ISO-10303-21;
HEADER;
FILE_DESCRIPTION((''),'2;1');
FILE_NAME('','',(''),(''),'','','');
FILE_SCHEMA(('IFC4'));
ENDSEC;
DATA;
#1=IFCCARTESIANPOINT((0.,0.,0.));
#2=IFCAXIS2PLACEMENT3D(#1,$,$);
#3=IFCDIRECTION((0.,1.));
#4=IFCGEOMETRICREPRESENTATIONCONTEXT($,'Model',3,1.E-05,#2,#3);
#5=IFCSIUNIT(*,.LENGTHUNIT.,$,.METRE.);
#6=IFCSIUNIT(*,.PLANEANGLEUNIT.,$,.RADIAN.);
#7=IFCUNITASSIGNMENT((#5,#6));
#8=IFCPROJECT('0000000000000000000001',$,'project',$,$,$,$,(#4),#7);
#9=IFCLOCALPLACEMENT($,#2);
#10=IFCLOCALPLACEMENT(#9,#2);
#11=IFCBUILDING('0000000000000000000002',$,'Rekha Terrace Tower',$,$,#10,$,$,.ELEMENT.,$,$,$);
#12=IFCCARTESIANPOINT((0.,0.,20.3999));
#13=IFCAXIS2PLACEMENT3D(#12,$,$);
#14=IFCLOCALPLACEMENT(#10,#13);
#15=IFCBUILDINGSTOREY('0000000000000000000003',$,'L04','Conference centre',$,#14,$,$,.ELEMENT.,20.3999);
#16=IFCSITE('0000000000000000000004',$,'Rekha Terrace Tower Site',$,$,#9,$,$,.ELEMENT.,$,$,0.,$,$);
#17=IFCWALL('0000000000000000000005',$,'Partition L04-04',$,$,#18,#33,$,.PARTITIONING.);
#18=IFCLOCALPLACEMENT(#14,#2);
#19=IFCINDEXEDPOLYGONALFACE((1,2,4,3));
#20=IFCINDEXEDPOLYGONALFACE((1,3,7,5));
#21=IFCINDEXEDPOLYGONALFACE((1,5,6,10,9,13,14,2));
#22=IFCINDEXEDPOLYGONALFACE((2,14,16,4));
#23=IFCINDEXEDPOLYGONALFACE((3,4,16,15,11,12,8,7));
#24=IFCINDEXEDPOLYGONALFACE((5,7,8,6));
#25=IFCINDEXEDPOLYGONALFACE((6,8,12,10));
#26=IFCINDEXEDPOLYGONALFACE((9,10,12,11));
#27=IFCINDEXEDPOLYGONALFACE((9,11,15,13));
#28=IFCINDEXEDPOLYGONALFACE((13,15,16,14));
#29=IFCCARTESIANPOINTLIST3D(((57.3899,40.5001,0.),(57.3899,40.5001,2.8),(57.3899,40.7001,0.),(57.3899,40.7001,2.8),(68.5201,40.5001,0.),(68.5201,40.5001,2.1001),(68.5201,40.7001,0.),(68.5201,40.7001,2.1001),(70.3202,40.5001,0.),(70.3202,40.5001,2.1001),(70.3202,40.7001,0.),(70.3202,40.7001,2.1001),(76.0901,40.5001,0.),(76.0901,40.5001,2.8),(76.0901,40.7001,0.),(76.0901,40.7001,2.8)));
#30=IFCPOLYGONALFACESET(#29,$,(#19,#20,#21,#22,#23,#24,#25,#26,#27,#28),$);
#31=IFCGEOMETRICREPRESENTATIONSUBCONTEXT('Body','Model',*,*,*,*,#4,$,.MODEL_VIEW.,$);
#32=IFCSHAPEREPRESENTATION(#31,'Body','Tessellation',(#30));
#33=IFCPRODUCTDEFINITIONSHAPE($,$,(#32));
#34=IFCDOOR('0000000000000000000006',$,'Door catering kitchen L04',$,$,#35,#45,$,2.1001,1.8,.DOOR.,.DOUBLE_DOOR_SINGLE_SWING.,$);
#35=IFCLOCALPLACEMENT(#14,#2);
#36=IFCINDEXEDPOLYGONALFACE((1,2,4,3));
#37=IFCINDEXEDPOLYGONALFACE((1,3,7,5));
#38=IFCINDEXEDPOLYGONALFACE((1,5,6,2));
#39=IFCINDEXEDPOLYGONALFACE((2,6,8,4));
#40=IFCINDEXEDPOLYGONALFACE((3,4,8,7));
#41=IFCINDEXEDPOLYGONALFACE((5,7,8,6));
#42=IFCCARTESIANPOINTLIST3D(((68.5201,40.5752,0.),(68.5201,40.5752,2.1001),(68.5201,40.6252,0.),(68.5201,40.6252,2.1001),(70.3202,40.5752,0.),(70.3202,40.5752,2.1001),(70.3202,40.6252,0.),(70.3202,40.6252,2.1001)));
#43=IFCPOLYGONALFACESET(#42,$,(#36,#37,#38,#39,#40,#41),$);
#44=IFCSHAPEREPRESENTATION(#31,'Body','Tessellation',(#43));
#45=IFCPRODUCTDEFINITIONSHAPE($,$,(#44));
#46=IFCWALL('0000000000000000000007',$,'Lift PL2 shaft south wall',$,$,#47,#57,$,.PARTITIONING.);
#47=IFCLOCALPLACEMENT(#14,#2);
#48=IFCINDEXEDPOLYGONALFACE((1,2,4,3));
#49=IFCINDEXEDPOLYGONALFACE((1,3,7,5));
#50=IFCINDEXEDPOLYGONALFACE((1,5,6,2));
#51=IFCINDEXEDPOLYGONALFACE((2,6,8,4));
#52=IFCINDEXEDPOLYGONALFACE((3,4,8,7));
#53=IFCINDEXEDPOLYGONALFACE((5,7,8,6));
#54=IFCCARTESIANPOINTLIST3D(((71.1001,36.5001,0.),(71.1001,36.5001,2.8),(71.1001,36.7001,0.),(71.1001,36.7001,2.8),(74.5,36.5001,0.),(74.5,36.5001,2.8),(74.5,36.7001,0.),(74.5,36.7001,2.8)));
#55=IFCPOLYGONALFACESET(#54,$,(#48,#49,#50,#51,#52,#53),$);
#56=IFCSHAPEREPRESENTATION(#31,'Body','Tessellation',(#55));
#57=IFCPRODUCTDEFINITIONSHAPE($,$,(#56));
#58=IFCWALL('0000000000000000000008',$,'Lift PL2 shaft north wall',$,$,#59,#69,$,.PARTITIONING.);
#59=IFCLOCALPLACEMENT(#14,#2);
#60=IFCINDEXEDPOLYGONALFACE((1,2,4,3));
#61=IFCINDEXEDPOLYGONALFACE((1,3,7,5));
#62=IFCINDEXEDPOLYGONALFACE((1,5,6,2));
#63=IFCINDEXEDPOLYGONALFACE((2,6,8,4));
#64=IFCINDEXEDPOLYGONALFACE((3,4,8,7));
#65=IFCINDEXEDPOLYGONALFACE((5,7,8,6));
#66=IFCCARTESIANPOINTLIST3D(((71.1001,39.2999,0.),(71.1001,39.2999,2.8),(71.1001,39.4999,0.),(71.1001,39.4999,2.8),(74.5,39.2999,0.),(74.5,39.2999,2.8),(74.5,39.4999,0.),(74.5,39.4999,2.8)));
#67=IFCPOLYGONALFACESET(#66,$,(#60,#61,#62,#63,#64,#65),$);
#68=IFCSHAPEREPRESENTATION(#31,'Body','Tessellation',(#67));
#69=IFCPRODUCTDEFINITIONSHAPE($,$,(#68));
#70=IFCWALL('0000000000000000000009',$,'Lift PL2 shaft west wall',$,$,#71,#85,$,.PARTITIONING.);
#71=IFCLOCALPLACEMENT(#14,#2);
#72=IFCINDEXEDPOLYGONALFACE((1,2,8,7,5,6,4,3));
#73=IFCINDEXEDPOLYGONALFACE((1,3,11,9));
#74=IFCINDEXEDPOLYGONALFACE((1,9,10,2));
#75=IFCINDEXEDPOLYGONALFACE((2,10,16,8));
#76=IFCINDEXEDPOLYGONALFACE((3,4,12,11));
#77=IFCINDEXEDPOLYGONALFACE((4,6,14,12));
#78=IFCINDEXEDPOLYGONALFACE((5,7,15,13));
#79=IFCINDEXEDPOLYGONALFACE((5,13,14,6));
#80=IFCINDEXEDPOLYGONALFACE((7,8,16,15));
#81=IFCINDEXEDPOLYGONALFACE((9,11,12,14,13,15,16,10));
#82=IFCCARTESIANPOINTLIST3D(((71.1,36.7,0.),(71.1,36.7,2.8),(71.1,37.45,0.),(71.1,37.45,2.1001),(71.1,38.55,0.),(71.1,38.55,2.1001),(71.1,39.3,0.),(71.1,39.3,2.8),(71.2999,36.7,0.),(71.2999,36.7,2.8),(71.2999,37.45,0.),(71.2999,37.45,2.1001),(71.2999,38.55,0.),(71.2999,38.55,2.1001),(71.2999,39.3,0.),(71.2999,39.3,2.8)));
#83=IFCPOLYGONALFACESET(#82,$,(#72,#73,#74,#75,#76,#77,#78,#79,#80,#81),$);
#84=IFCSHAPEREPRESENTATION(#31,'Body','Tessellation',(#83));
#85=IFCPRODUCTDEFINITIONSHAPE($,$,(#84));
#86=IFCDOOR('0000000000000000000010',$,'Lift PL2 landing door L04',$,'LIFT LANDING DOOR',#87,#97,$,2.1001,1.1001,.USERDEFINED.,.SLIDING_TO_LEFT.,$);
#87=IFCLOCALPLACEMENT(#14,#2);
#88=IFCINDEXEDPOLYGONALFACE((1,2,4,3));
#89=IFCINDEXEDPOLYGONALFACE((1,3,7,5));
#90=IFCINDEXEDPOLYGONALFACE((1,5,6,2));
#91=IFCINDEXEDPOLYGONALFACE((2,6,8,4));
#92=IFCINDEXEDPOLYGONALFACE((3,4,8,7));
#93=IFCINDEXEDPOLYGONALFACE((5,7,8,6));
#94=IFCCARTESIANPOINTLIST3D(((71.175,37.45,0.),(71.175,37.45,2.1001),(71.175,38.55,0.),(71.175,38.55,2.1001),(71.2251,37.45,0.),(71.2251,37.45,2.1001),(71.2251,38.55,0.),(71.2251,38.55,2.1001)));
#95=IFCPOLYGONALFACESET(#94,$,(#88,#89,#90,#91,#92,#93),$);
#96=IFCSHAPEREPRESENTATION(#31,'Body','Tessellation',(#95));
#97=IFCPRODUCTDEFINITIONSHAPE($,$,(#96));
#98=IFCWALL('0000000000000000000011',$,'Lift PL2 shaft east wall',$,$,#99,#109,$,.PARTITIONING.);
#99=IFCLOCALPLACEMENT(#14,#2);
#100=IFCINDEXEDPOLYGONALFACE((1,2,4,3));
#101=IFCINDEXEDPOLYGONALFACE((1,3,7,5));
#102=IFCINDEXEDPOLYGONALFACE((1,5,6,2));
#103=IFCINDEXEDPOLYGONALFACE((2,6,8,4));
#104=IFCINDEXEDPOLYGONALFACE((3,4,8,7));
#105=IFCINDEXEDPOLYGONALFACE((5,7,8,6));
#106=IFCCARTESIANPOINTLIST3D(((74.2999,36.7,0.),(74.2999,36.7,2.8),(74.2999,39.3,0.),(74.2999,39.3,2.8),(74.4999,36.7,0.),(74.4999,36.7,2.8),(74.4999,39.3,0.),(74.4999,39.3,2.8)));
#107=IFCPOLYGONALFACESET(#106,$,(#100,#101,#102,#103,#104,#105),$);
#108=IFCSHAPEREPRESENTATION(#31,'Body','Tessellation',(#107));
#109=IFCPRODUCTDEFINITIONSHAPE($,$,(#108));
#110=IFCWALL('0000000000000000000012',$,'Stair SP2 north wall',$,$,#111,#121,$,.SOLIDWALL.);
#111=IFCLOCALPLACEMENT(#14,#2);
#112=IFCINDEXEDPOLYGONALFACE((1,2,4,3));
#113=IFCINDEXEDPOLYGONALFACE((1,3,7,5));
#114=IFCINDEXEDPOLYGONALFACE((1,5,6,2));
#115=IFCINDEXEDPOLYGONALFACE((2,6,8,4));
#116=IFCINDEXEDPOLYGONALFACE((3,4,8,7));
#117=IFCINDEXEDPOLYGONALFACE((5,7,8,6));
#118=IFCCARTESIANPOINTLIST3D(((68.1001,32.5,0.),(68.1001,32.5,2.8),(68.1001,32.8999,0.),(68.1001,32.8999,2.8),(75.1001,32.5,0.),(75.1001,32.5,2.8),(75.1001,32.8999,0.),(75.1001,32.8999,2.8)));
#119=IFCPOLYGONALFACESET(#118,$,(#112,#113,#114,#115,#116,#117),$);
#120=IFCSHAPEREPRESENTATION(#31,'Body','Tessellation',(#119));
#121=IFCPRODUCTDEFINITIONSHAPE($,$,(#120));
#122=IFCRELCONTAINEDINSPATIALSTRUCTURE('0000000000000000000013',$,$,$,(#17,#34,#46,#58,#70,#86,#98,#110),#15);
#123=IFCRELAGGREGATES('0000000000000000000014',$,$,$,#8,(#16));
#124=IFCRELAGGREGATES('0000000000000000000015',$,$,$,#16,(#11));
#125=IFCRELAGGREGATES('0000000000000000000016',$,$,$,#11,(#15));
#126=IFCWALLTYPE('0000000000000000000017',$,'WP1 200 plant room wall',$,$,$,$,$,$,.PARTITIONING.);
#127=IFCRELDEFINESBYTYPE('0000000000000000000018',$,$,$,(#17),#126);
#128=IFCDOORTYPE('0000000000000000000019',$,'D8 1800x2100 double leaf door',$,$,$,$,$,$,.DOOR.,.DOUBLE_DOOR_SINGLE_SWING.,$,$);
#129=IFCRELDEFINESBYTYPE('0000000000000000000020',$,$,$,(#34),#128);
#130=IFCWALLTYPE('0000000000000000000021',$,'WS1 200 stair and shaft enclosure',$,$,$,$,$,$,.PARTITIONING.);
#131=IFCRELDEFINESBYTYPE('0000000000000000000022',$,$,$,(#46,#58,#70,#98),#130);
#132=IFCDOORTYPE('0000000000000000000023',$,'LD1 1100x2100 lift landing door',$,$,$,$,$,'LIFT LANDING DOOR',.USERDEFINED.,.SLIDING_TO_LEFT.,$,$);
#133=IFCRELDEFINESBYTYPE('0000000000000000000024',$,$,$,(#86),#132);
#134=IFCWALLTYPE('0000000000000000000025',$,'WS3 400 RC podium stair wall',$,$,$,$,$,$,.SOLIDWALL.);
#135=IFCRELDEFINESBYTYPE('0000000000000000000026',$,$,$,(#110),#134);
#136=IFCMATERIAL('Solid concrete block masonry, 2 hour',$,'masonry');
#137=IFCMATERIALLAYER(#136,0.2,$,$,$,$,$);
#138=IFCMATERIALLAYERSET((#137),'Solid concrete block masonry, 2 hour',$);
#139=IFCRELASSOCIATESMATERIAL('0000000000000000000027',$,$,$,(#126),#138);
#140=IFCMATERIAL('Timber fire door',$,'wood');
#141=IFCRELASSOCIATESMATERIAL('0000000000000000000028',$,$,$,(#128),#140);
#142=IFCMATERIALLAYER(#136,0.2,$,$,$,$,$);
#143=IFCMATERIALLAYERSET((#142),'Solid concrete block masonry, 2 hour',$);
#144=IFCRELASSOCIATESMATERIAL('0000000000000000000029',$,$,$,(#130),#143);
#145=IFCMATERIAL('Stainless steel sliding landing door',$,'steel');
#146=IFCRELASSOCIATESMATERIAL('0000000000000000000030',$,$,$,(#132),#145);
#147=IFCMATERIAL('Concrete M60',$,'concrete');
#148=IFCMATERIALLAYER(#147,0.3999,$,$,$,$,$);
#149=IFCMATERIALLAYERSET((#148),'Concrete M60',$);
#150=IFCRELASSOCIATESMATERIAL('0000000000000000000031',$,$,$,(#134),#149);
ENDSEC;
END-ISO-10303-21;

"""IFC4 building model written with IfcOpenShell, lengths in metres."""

from ifc_helpers import new_model, si_unit, direction, frame, frame_2d, origin, place, context, subcontext, project, spatial, rectangle, extrude, material, layer, layer_set, type_object, element, fill, save


model = new_model("IFC4")

# Units and contexts
model_context = context("Model", 3, precision=1e-05, world=origin(), true_north=direction((0.0, 1.0)))
body_context = subcontext(model_context, "Body", "Model", "MODEL_VIEW")
ifc_project = project(units=[si_unit("LENGTHUNIT", "METRE"), si_unit("PLANEANGLEUNIT", "RADIAN")], contexts=[model_context])

# Site, building, storey
site_placement = place(None, origin())
site = spatial("IfcSite", under=ifc_project, at=site_placement, Name="Rekha Terrace Tower Site", CompositionType="ELEMENT", RefElevation=0.0)
building_placement = place(site_placement, origin())
building = spatial("IfcBuilding", under=site, at=building_placement, Name="Rekha Terrace Tower", CompositionType="ELEMENT")
storey_placement = place(building_placement, frame((0.0, 0.0, 20.3999)))
storey = spatial("IfcBuildingStorey", under=building, at=storey_placement, Name="L04", Description="Conference centre", CompositionType="ELEMENT", Elevation=20.3999)

# Shared definitions
ifc_material_1 = material(Name="Concrete M60", Category="concrete")

# Wall, opening, door
ifc_material_2 = material(Name="Solid concrete block masonry, 2 hour", Category="masonry")
ifc_layer_1 = layer(ifc_material_2, 0.2)
ifc_layer_set_1 = layer_set([ifc_layer_1], Name="Solid concrete block masonry, 2 hour")
wall_type_1 = type_object("IfcWallType", Name="WP1 200 plant room wall", PredefinedType="PARTITIONING", material=ifc_layer_set_1)
wall_1_placement = place(storey_placement, frame((76.0901, 40.6001, 0.0), z_axis=(0.0, 0.0, 1.0), x_axis=(-1.0, 0.0, 0.0)))
wall_1 = element("IfcWall", 1, at=wall_1_placement, inside=storey, type_object=wall_type_1, Name="Partition L04-04", PredefinedType="PARTITIONING", context=body_context, shape_type="SweptSolid", body=[
    extrude(rectangle(XDim=18.7002, YDim=0.2, at=frame_2d((9.3501, 0.0))), origin(), (0.0, 0.0, 1.0), 2.8),
])
opening_1_placement = place(wall_1_placement, frame((5.77, 0.0, 0.0)))
opening_1 = element("IfcOpeningElement", 2, at=opening_1_placement, cuts=wall_1, PredefinedType="OPENING", context=body_context, shape_type="SweptSolid", body=[
    extrude(rectangle(XDim=1.8, YDim=2.1001, at=frame_2d((0.8999, 1.05))), frame((0.0, 0.1099, 0.0), z_axis=(0.0, -1.0, 0.0), x_axis=(1.0, 0.0, 0.0)), (0.0, 0.0, 1.0), 0.22),
])
ifc_material_3 = material(Name="Timber fire door", Category="wood")
door_type_1 = type_object("IfcDoorType", Name="D8 1800x2100 double leaf door", OperationType="DOUBLE_DOOR_SINGLE_SWING", PredefinedType="DOOR", material=ifc_material_3)
door_1_placement = place(opening_1_placement, origin())
door_1 = element("IfcDoor", 3, at=door_1_placement, inside=storey, type_object=door_type_1, Name="Door catering kitchen L04", OperationType="DOUBLE_DOOR_SINGLE_SWING", OverallHeight=2.1001, OverallWidth=1.8, PredefinedType="DOOR", context=body_context, shape_type="SweptSolid", body=[
    extrude(rectangle(XDim=1.8, YDim=2.1001, at=frame_2d((0.8999, 1.05))), frame((0.0, 0.0249, 0.0), z_axis=(0.0, -1.0, 0.0), x_axis=(1.0, 0.0, 0.0)), (0.0, 0.0, 1.0), 0.05),
])
fill(opening_1, door_1)

# Walls
ifc_layer_2 = layer(ifc_material_2, 0.2)
ifc_layer_set_2 = layer_set([ifc_layer_2], Name="Solid concrete block masonry, 2 hour")
wall_type_2 = type_object("IfcWallType", Name="WS1 200 stair and shaft enclosure", PredefinedType="PARTITIONING", material=ifc_layer_set_2)
for number, where, z_axis, x_axis, name in (
    (4, (71.1001, 36.6001, 0.0), (0.0, 0.0, 1.0), (1.0, 0.0, 0.0), "Lift PL2 shaft south wall"),
    (5, (71.1001, 39.3999, 0.0), (0.0, 0.0, 1.0), (1.0, 0.0, 0.0), "Lift PL2 shaft north wall"),
):
    element("IfcWall", number, at=place(storey_placement, frame(where, z_axis=z_axis, x_axis=x_axis)), inside=storey, type_object=wall_type_2, Name=name, PredefinedType="PARTITIONING", context=body_context, shape_type="SweptSolid", body=[
        extrude(rectangle(XDim=3.3999, YDim=0.2, at=frame_2d((1.7, 0.0))), origin(), (0.0, 0.0, 1.0), 2.8),
    ])

# Wall, opening, door
wall_2_placement = place(storey_placement, frame((71.2, 36.7, 0.0), z_axis=(0.0, 0.0, 1.0), x_axis=(0.0, 1.0, 0.0)))
wall_2 = element("IfcWall", 6, at=wall_2_placement, inside=storey, type_object=wall_type_2, Name="Lift PL2 shaft west wall", PredefinedType="PARTITIONING", context=body_context, shape_type="SweptSolid", body=[
    extrude(rectangle(XDim=2.6001, YDim=0.2, at=frame_2d((1.3, 0.0))), origin(), (0.0, 0.0, 1.0), 2.8),
])
opening_2_placement = place(wall_2_placement, frame((0.75, 0.0, 0.0)))
opening_2 = element("IfcOpeningElement", 7, at=opening_2_placement, cuts=wall_2, PredefinedType="OPENING", context=body_context, shape_type="SweptSolid", body=[
    extrude(rectangle(XDim=1.1001, YDim=2.1001, at=frame_2d((0.55, 1.05))), frame((0.0, 0.1099, 0.0), z_axis=(0.0, -1.0, 0.0), x_axis=(1.0, 0.0, 0.0)), (0.0, 0.0, 1.0), 0.22),
])
ifc_material_4 = material(Name="Stainless steel sliding landing door", Category="steel")
door_type_2 = type_object("IfcDoorType", Name="LD1 1100x2100 lift landing door", ElementType="LIFT LANDING DOOR", OperationType="SLIDING_TO_LEFT", PredefinedType="USERDEFINED", material=ifc_material_4)
door_2_placement = place(opening_2_placement, origin())
door_2 = element("IfcDoor", 8, at=door_2_placement, inside=storey, type_object=door_type_2, Name="Lift PL2 landing door L04", ObjectType="LIFT LANDING DOOR", OperationType="SLIDING_TO_LEFT", OverallHeight=2.1001, OverallWidth=1.1001, PredefinedType="USERDEFINED", context=body_context, shape_type="SweptSolid", body=[
    extrude(rectangle(XDim=1.1001, YDim=2.1001, at=frame_2d((0.55, 1.05))), frame((0.0, 0.0249, 0.0), z_axis=(0.0, -1.0, 0.0), x_axis=(1.0, 0.0, 0.0)), (0.0, 0.0, 1.0), 0.05),
])
fill(opening_2, door_2)

# Walls
wall_3_placement = place(storey_placement, frame((74.3999, 36.7, 0.0), z_axis=(0.0, 0.0, 1.0), x_axis=(0.0, 1.0, 0.0)))
element("IfcWall", 9, at=wall_3_placement, inside=storey, type_object=wall_type_2, Name="Lift PL2 shaft east wall", PredefinedType="PARTITIONING", context=body_context, shape_type="SweptSolid", body=[
    extrude(rectangle(XDim=2.6001, YDim=0.2, at=frame_2d((1.3, 0.0))), origin(), (0.0, 0.0, 1.0), 2.8),
])
ifc_layer_3 = layer(ifc_material_1, 0.3999)
ifc_layer_set_3 = layer_set([ifc_layer_3], Name="Concrete M60")
wall_type_3 = type_object("IfcWallType", Name="WS3 400 RC podium stair wall", PredefinedType="SOLIDWALL", material=ifc_layer_set_3)
wall_4_placement = place(storey_placement, frame((68.1001, 32.7, 0.0), z_axis=(0.0, 0.0, 1.0), x_axis=(1.0, 0.0, 0.0)))
element("IfcWall", 10, at=wall_4_placement, inside=storey, type_object=wall_type_3, Name="Stair SP2 north wall", PredefinedType="SOLIDWALL", context=body_context, shape_type="SweptSolid", body=[
    extrude(rectangle(XDim=7.0, YDim=0.3999, at=frame_2d((3.5, 0.0))), origin(), (0.0, 0.0, 1.0), 2.8),
])

save(model, "model.ifc")
